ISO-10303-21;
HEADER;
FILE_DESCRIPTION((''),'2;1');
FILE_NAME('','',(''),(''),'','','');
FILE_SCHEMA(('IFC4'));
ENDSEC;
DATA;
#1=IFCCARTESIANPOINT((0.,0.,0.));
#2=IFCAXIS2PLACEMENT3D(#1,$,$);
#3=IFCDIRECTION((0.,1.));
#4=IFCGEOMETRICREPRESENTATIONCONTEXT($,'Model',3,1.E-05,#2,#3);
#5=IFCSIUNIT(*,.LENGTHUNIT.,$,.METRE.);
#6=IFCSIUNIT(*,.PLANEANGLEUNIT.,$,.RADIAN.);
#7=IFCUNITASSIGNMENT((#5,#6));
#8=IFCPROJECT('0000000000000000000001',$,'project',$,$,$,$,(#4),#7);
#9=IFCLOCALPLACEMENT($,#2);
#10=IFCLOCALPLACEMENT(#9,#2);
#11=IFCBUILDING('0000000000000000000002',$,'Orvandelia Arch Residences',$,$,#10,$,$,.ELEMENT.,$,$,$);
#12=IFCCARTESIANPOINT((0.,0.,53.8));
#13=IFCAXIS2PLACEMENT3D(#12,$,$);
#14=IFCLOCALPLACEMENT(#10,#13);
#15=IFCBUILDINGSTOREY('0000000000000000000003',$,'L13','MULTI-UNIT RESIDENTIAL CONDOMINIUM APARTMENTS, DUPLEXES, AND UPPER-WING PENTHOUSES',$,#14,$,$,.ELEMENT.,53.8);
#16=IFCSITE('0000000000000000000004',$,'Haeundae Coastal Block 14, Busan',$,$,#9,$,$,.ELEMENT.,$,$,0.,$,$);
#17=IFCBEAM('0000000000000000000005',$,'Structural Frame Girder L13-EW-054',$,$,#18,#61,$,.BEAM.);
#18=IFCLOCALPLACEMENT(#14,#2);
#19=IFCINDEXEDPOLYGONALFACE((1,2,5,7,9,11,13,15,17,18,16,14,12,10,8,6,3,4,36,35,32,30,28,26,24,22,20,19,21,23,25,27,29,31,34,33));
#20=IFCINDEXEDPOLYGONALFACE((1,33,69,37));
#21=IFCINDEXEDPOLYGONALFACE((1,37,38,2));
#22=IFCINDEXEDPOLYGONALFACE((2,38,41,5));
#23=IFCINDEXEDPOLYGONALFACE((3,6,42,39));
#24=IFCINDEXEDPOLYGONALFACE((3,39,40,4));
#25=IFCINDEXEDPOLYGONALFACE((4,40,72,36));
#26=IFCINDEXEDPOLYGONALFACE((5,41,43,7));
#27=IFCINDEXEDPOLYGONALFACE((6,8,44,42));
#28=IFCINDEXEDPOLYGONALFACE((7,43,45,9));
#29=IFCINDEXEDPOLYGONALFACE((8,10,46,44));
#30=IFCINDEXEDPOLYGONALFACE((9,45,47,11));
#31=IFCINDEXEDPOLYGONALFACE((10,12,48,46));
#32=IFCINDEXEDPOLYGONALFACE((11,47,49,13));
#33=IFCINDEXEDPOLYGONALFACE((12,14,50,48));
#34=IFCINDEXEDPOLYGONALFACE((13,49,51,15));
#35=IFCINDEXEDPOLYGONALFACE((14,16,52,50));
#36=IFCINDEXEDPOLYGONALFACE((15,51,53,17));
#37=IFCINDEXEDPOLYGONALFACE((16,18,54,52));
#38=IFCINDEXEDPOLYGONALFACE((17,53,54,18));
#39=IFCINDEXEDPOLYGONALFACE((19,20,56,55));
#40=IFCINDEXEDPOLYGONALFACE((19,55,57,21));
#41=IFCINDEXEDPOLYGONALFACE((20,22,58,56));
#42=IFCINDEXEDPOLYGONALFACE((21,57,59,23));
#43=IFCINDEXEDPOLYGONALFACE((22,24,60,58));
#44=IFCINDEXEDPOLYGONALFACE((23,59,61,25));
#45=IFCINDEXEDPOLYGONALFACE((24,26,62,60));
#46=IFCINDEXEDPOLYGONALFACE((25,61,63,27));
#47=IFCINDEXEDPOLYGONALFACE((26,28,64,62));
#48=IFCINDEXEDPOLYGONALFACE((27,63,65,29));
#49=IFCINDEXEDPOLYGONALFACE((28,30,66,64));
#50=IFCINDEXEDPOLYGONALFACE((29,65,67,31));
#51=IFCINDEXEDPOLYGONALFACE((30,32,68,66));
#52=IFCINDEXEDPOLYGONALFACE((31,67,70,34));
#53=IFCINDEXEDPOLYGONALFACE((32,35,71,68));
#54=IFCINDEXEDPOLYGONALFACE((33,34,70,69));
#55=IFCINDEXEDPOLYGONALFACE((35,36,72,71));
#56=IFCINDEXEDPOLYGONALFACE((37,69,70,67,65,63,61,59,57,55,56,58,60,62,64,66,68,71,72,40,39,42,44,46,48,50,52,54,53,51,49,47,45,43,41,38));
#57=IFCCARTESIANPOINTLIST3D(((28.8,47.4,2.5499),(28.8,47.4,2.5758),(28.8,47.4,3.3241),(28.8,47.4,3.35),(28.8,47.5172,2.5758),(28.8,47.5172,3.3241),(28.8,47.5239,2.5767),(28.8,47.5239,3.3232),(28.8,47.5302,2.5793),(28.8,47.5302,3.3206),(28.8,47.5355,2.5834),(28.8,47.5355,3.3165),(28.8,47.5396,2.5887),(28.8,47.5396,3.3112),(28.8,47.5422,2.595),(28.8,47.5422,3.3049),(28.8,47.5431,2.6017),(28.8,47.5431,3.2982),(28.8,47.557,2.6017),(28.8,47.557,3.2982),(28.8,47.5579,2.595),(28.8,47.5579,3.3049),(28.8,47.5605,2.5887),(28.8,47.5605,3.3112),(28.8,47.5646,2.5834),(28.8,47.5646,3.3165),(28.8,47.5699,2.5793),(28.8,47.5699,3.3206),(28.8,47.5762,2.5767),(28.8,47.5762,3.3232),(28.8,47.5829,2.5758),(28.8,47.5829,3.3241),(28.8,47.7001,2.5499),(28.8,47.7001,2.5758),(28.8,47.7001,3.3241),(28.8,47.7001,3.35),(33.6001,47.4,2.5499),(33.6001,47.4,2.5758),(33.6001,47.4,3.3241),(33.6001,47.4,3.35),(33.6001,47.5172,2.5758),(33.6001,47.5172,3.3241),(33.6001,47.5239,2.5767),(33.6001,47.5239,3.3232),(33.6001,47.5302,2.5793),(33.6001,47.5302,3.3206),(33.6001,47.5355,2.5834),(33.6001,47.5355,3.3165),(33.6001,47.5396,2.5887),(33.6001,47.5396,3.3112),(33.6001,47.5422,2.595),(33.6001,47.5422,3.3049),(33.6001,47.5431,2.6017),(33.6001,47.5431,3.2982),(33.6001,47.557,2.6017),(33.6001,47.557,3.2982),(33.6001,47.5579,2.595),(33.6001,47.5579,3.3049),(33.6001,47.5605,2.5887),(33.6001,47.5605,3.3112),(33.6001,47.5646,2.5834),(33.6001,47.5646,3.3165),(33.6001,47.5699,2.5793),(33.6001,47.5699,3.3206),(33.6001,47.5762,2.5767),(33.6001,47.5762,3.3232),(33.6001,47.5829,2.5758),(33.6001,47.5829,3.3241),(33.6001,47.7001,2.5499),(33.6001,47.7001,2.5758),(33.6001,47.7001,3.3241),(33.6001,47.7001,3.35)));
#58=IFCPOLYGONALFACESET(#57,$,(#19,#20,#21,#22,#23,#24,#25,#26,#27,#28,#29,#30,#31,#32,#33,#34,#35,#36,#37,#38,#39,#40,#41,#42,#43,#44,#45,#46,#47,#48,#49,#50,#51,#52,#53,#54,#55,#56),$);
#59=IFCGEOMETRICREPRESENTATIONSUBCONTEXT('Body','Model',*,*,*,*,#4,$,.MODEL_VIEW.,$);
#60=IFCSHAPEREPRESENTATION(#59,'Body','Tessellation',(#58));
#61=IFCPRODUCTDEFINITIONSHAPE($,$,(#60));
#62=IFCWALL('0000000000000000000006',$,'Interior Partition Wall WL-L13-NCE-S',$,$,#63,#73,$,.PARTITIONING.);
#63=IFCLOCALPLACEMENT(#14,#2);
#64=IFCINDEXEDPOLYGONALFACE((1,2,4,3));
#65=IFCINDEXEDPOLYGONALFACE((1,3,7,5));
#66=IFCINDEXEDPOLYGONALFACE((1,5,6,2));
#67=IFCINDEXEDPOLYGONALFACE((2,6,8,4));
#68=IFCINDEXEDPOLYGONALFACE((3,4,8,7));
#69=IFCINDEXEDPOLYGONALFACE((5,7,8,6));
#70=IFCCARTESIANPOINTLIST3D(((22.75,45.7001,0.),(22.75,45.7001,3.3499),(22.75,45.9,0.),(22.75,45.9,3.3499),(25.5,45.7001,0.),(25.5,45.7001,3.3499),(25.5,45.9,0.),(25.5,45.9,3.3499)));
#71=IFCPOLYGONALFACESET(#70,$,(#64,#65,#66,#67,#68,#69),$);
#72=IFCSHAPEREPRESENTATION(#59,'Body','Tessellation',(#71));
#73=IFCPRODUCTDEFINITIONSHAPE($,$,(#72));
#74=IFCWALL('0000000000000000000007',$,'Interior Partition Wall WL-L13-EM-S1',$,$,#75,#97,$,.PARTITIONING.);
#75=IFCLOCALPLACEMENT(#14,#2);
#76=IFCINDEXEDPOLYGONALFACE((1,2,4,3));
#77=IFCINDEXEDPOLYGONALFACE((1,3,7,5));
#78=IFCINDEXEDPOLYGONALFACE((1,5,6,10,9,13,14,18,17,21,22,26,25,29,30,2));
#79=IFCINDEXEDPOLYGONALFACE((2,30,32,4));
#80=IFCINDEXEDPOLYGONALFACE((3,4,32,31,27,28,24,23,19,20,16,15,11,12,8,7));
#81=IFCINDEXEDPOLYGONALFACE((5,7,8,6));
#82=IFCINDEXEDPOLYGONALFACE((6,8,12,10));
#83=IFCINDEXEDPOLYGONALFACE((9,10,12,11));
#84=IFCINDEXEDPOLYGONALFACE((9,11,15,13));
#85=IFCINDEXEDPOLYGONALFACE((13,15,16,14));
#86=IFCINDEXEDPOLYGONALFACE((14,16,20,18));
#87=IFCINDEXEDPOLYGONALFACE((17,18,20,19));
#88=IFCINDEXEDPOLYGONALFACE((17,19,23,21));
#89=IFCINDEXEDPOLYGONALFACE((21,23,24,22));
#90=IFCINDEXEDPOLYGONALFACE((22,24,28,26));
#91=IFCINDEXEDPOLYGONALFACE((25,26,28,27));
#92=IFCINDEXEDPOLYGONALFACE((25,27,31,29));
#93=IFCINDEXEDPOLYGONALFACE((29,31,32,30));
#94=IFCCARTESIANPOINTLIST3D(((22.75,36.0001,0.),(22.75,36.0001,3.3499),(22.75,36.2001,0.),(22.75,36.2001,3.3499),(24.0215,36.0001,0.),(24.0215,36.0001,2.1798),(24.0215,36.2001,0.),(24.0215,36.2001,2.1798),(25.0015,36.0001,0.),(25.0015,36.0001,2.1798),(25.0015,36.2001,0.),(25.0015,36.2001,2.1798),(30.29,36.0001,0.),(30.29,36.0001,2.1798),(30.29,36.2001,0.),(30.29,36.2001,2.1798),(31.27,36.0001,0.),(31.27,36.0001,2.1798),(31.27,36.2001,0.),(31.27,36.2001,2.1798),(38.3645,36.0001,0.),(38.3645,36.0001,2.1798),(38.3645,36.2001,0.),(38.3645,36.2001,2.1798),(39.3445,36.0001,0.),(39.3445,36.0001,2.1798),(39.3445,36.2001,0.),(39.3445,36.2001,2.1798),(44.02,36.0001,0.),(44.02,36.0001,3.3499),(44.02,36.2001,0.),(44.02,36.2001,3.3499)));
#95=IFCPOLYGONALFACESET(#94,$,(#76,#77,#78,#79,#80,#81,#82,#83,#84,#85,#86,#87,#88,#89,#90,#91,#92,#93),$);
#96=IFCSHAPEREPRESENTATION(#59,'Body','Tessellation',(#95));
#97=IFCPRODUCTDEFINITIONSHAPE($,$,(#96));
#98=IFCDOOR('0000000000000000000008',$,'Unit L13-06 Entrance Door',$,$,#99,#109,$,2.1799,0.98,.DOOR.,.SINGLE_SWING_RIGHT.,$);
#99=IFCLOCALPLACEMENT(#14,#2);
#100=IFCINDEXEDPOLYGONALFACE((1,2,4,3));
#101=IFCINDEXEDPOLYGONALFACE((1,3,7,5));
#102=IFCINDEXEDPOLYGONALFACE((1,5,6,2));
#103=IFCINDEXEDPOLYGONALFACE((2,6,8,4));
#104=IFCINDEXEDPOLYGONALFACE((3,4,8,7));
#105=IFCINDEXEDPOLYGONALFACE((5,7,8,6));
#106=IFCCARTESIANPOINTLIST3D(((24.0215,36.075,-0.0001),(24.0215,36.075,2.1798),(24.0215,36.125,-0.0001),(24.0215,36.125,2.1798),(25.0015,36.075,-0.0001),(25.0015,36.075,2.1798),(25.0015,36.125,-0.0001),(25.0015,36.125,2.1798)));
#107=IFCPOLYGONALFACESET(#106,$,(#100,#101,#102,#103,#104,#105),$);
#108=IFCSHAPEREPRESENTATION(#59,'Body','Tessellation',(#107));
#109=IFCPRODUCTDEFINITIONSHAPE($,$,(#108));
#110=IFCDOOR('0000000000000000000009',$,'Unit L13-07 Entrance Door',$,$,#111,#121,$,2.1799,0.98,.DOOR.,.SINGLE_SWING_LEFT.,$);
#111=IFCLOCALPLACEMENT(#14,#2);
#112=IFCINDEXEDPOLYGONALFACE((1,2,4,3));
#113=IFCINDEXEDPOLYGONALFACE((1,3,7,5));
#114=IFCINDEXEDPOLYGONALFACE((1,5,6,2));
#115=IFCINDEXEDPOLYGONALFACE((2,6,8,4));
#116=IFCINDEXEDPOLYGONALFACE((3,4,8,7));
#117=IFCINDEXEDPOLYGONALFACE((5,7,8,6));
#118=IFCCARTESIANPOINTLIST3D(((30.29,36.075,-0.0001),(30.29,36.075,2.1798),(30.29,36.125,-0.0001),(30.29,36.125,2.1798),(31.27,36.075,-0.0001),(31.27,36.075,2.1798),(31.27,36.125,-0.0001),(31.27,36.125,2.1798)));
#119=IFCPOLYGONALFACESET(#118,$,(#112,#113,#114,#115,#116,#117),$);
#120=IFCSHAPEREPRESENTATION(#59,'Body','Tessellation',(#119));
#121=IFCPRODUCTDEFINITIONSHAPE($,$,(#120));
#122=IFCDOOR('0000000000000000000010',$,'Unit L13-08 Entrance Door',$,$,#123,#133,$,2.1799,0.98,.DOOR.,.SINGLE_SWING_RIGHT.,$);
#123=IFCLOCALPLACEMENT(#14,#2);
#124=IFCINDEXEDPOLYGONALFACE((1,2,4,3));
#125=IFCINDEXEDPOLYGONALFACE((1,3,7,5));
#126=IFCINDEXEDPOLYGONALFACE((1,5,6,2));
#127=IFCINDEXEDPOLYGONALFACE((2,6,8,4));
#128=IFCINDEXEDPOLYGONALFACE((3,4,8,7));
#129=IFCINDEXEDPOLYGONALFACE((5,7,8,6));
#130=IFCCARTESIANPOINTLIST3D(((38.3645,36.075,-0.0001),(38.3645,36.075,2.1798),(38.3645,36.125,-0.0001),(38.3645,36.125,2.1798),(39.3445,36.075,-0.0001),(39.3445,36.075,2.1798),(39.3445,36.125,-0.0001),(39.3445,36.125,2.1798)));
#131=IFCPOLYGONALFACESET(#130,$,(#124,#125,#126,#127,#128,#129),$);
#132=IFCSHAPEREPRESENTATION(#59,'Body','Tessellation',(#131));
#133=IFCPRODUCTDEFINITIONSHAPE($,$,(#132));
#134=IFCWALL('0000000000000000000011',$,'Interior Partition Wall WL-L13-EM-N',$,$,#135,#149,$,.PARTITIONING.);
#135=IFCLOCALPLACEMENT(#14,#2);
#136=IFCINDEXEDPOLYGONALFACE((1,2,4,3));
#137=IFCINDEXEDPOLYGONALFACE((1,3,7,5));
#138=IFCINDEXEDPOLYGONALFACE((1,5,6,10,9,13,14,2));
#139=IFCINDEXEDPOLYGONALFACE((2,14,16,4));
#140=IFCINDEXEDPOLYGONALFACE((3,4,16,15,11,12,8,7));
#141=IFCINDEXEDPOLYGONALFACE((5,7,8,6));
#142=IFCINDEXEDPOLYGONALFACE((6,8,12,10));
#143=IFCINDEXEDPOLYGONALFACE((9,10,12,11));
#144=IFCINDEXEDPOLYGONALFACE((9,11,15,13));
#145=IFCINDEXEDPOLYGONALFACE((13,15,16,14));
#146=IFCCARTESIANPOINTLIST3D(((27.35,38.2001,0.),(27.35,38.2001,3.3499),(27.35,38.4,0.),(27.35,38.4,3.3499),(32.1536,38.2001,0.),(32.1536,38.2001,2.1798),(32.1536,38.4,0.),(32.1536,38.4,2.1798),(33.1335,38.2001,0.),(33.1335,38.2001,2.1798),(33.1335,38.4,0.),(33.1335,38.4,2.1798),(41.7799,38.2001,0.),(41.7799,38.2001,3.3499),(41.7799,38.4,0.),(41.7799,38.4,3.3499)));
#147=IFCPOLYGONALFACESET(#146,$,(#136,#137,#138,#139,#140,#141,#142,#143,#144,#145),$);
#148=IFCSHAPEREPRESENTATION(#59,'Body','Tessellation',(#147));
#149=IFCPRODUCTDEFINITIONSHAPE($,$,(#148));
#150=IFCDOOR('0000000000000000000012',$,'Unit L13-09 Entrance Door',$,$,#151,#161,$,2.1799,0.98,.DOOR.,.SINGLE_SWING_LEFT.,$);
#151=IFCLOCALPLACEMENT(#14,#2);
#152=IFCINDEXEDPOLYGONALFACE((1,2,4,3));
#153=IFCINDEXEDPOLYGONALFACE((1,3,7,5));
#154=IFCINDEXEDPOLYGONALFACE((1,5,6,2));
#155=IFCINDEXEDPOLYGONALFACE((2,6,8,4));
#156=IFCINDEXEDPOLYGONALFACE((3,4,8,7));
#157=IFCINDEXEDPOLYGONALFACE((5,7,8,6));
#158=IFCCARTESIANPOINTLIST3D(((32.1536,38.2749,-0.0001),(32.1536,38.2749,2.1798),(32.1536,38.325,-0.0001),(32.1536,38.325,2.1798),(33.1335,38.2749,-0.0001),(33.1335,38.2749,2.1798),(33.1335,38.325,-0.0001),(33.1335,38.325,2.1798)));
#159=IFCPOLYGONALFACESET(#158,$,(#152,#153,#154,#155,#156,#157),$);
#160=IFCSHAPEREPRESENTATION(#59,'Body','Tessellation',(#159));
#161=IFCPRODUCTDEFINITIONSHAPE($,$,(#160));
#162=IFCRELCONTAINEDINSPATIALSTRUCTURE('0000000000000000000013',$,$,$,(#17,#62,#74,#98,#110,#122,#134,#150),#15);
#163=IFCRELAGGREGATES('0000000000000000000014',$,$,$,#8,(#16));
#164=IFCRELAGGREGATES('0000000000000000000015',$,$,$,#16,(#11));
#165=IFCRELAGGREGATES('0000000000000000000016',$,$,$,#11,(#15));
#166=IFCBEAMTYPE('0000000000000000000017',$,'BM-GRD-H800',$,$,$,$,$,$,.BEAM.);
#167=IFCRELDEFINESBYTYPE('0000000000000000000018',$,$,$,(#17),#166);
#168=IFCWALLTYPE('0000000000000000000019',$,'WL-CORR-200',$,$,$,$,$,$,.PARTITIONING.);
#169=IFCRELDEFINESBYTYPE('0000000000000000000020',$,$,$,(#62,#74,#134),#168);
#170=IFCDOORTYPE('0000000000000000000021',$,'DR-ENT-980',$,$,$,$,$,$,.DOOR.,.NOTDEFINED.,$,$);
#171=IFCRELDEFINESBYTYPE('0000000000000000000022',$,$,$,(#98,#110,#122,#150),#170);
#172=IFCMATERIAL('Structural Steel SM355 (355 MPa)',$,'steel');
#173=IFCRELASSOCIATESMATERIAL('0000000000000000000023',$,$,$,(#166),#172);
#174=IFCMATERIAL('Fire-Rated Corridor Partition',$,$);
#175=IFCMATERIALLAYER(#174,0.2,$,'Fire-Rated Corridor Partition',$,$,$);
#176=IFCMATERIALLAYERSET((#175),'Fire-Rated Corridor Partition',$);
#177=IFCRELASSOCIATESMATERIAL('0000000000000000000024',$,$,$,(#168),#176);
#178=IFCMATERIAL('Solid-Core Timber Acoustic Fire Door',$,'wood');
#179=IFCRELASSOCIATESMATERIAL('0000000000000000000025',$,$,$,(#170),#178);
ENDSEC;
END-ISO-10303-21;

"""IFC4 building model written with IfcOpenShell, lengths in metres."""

from ifc_helpers import new_model, si_unit, direction, frame, frame_2d, origin, origin_2d, place, context, subcontext, project, spatial, rectangle, i_section, extrude, material, layer, layer_set, material_profile, profile_set, type_object, element, fill, save


model = new_model("IFC4")

# Units and contexts
model_context = context("Model", 3, precision=1e-05, world=origin(), true_north=direction((0.0, 1.0)))
body_context = subcontext(model_context, "Body", "Model", "MODEL_VIEW")
ifc_project = project(units=[si_unit("LENGTHUNIT", "METRE"), si_unit("PLANEANGLEUNIT", "RADIAN")], contexts=[model_context])

# Site, building, storey
site_placement = place(None, origin())
site = spatial("IfcSite", under=ifc_project, at=site_placement, Name="Haeundae Coastal Block 14, Busan", CompositionType="ELEMENT", RefElevation=0.0)
building_placement = place(site_placement, origin())
building = spatial("IfcBuilding", under=site, at=building_placement, Name="Orvandelia Arch Residences", CompositionType="ELEMENT")
storey_placement = place(building_placement, frame((0.0, 0.0, 53.8)))
storey = spatial("IfcBuildingStorey", under=building, at=storey_placement, Name="L13", Description="MULTI-UNIT RESIDENTIAL CONDOMINIUM APARTMENTS, DUPLEXES, AND UPPER-WING PENTHOUSES", CompositionType="ELEMENT", Elevation=53.8)

# Beam
ifc_material_1 = material(Name="Structural Steel SM355 (355 MPa)", Category="steel")
ifc_material_profile_1 = material_profile(ifc_material_1, i_section(OverallWidth=0.3, OverallDepth=0.8, WebThickness=0.0139, FlangeThickness=0.0259, FilletRadius=0.0259, at=origin_2d()), Name="Structural Steel SM355 (355 MPa)", Category="steel")
ifc_profile_set_1 = profile_set([ifc_material_profile_1], Name="Structural Steel SM355 (355 MPa)")
beam_type = type_object("IfcBeamType", Name="BM-GRD-H800", PredefinedType="BEAM", material=ifc_profile_set_1)
beam_1_placement = place(storey_placement, frame((28.8, 47.55, 2.95), z_axis=(1.0, 0.0, 0.0), x_axis=(0.0, 1.0, 0.0)))
element("IfcBeam", 1, at=beam_1_placement, inside=storey, type_object=beam_type, Name="Structural Frame Girder L13-EW-054", PredefinedType="BEAM", context=body_context, shape_type="SweptSolid", body=[
    extrude(i_section(OverallWidth=0.3, OverallDepth=0.8, WebThickness=0.0139, FlangeThickness=0.0259, FilletRadius=0.0259, at=origin_2d()), origin(), (0.0, 0.0, 1.0), 4.8),
])

# Wall
ifc_material_2 = material(Name="Fire-Rated Corridor Partition")
ifc_layer_1 = layer(ifc_material_2, 0.2, Name="Fire-Rated Corridor Partition")
ifc_layer_set_1 = layer_set([ifc_layer_1], Name="Fire-Rated Corridor Partition")
wall_type_1 = type_object("IfcWallType", Name="WL-CORR-200", PredefinedType="PARTITIONING", material=ifc_layer_set_1)
wall_1_placement = place(storey_placement, frame((22.75, 45.8, 0.0), z_axis=(0.0, 0.0, 1.0), x_axis=(1.0, 0.0, 0.0)))
element("IfcWall", 2, at=wall_1_placement, inside=storey, type_object=wall_type_1, Name="Interior Partition Wall WL-L13-NCE-S", PredefinedType="PARTITIONING", context=body_context, shape_type="SweptSolid", body=[
    extrude(rectangle(XDim=2.75, YDim=0.2, at=frame_2d((1.375, 0.0))), origin(), (0.0, 0.0, 1.0), 3.3499),
])

# Wall, openings, doors
wall_2_placement = place(storey_placement, frame((22.75, 36.1001, 0.0), z_axis=(0.0, 0.0, 1.0), x_axis=(1.0, 0.0, 0.0)))
wall_2 = element("IfcWall", 3, at=wall_2_placement, inside=storey, type_object=wall_type_1, Name="Interior Partition Wall WL-L13-EM-S1", PredefinedType="PARTITIONING", context=body_context, shape_type="SweptSolid", body=[
    extrude(rectangle(XDim=21.27, YDim=0.2, at=frame_2d((10.635, 0.0))), origin(), (0.0, 0.0, 1.0), 3.3499),
])
opening_1_placement = place(wall_2_placement, frame((1.2715, 0.0, 0.0)))
opening_1 = element("IfcOpeningElement", 4, at=opening_1_placement, cuts=wall_2, PredefinedType="OPENING", context=body_context, shape_type="SweptSolid", body=[
    extrude(rectangle(XDim=0.98, YDim=2.1799, at=frame_2d((0.49, 1.0898))), frame((0.0, 0.1099, 0.0), z_axis=(0.0, -1.0, 0.0), x_axis=(1.0, 0.0, 0.0)), (0.0, 0.0, 1.0), 0.22),
])
opening_2_placement = place(wall_2_placement, frame((7.54, 0.0, 0.0)))
opening_2 = element("IfcOpeningElement", 5, at=opening_2_placement, cuts=wall_2, PredefinedType="OPENING", context=body_context, shape_type="SweptSolid", body=[
    extrude(rectangle(XDim=0.98, YDim=2.1799, at=frame_2d((0.49, 1.0898))), frame((0.0, 0.1099, 0.0), z_axis=(0.0, -1.0, 0.0), x_axis=(1.0, 0.0, 0.0)), (0.0, 0.0, 1.0), 0.22),
])
opening_3_placement = place(wall_2_placement, frame((15.6145, 0.0, 0.0)))
opening_3 = element("IfcOpeningElement", 6, at=opening_3_placement, cuts=wall_2, PredefinedType="OPENING", context=body_context, shape_type="SweptSolid", body=[
    extrude(rectangle(XDim=0.98, YDim=2.1799, at=frame_2d((0.49, 1.0898))), frame((0.0, 0.1099, 0.0), z_axis=(0.0, -1.0, 0.0), x_axis=(1.0, 0.0, 0.0)), (0.0, 0.0, 1.0), 0.22),
])
ifc_material_3 = material(Name="Solid-Core Timber Acoustic Fire Door", Category="wood")
door_type_1 = type_object("IfcDoorType", Name="DR-ENT-980", OperationType="NOTDEFINED", PredefinedType="DOOR", material=ifc_material_3)
door_1_placement = place(opening_1_placement, origin())
door_1 = element("IfcDoor", 7, at=door_1_placement, inside=storey, type_object=door_type_1, Name="Unit L13-06 Entrance Door", OperationType="SINGLE_SWING_RIGHT", OverallHeight=2.1799, OverallWidth=0.98, PredefinedType="DOOR", context=body_context, shape_type="SweptSolid", body=[
    extrude(rectangle(XDim=0.98, YDim=2.1799, at=frame_2d((0.49, 1.0898))), frame((0.0, 0.0249, 0.0), z_axis=(0.0, -1.0, 0.0), x_axis=(1.0, 0.0, 0.0)), (0.0, 0.0, 1.0), 0.05),
])
fill(opening_1, door_1)
door_2_placement = place(opening_2_placement, origin())
door_2 = element("IfcDoor", 8, at=door_2_placement, inside=storey, type_object=door_type_1, Name="Unit L13-07 Entrance Door", OperationType="SINGLE_SWING_LEFT", OverallHeight=2.1799, OverallWidth=0.98, PredefinedType="DOOR", context=body_context, shape_type="SweptSolid", body=[
    extrude(rectangle(XDim=0.98, YDim=2.1799, at=frame_2d((0.49, 1.0898))), frame((0.0, 0.0249, 0.0), z_axis=(0.0, -1.0, 0.0), x_axis=(1.0, 0.0, 0.0)), (0.0, 0.0, 1.0), 0.05),
])
fill(opening_2, door_2)
door_3_placement = place(opening_3_placement, origin())
door_3 = element("IfcDoor", 9, at=door_3_placement, inside=storey, type_object=door_type_1, Name="Unit L13-08 Entrance Door", OperationType="SINGLE_SWING_RIGHT", OverallHeight=2.1799, OverallWidth=0.98, PredefinedType="DOOR", context=body_context, shape_type="SweptSolid", body=[
    extrude(rectangle(XDim=0.98, YDim=2.1799, at=frame_2d((0.49, 1.0898))), frame((0.0, 0.0249, 0.0), z_axis=(0.0, -1.0, 0.0), x_axis=(1.0, 0.0, 0.0)), (0.0, 0.0, 1.0), 0.05),
])
fill(opening_3, door_3)

# Wall, opening, door
wall_3_placement = place(storey_placement, frame((27.3501, 38.3, 0.0), z_axis=(0.0, 0.0, 1.0), x_axis=(1.0, 0.0, 0.0)))
wall_3 = element("IfcWall", 10, at=wall_3_placement, inside=storey, type_object=wall_type_1, Name="Interior Partition Wall WL-L13-EM-N", PredefinedType="PARTITIONING", context=body_context, shape_type="SweptSolid", body=[
    extrude(rectangle(XDim=14.4299, YDim=0.2, at=frame_2d((7.2148, 0.0))), origin(), (0.0, 0.0, 1.0), 3.3499),
])
opening_4_placement = place(wall_3_placement, frame((4.8035, 0.0, 0.0)))
opening_4 = element("IfcOpeningElement", 11, at=opening_4_placement, cuts=wall_3, PredefinedType="OPENING", context=body_context, shape_type="SweptSolid", body=[
    extrude(rectangle(XDim=0.98, YDim=2.1799, at=frame_2d((0.49, 1.0898))), frame((0.0, 0.1099, 0.0), z_axis=(0.0, -1.0, 0.0), x_axis=(1.0, 0.0, 0.0)), (0.0, 0.0, 1.0), 0.22),
])
door_4_placement = place(opening_4_placement, origin())
door_4 = element("IfcDoor", 12, at=door_4_placement, inside=storey, type_object=door_type_1, Name="Unit L13-09 Entrance Door", OperationType="SINGLE_SWING_LEFT", OverallHeight=2.1799, OverallWidth=0.98, PredefinedType="DOOR", context=body_context, shape_type="SweptSolid", body=[
    extrude(rectangle(XDim=0.98, YDim=2.1799, at=frame_2d((0.49, 1.0898))), frame((0.0, 0.0249, 0.0), z_axis=(0.0, -1.0, 0.0), x_axis=(1.0, 0.0, 0.0)), (0.0, 0.0, 1.0), 0.05),
])
fill(opening_4, door_4)

save(model, "model.ifc")
